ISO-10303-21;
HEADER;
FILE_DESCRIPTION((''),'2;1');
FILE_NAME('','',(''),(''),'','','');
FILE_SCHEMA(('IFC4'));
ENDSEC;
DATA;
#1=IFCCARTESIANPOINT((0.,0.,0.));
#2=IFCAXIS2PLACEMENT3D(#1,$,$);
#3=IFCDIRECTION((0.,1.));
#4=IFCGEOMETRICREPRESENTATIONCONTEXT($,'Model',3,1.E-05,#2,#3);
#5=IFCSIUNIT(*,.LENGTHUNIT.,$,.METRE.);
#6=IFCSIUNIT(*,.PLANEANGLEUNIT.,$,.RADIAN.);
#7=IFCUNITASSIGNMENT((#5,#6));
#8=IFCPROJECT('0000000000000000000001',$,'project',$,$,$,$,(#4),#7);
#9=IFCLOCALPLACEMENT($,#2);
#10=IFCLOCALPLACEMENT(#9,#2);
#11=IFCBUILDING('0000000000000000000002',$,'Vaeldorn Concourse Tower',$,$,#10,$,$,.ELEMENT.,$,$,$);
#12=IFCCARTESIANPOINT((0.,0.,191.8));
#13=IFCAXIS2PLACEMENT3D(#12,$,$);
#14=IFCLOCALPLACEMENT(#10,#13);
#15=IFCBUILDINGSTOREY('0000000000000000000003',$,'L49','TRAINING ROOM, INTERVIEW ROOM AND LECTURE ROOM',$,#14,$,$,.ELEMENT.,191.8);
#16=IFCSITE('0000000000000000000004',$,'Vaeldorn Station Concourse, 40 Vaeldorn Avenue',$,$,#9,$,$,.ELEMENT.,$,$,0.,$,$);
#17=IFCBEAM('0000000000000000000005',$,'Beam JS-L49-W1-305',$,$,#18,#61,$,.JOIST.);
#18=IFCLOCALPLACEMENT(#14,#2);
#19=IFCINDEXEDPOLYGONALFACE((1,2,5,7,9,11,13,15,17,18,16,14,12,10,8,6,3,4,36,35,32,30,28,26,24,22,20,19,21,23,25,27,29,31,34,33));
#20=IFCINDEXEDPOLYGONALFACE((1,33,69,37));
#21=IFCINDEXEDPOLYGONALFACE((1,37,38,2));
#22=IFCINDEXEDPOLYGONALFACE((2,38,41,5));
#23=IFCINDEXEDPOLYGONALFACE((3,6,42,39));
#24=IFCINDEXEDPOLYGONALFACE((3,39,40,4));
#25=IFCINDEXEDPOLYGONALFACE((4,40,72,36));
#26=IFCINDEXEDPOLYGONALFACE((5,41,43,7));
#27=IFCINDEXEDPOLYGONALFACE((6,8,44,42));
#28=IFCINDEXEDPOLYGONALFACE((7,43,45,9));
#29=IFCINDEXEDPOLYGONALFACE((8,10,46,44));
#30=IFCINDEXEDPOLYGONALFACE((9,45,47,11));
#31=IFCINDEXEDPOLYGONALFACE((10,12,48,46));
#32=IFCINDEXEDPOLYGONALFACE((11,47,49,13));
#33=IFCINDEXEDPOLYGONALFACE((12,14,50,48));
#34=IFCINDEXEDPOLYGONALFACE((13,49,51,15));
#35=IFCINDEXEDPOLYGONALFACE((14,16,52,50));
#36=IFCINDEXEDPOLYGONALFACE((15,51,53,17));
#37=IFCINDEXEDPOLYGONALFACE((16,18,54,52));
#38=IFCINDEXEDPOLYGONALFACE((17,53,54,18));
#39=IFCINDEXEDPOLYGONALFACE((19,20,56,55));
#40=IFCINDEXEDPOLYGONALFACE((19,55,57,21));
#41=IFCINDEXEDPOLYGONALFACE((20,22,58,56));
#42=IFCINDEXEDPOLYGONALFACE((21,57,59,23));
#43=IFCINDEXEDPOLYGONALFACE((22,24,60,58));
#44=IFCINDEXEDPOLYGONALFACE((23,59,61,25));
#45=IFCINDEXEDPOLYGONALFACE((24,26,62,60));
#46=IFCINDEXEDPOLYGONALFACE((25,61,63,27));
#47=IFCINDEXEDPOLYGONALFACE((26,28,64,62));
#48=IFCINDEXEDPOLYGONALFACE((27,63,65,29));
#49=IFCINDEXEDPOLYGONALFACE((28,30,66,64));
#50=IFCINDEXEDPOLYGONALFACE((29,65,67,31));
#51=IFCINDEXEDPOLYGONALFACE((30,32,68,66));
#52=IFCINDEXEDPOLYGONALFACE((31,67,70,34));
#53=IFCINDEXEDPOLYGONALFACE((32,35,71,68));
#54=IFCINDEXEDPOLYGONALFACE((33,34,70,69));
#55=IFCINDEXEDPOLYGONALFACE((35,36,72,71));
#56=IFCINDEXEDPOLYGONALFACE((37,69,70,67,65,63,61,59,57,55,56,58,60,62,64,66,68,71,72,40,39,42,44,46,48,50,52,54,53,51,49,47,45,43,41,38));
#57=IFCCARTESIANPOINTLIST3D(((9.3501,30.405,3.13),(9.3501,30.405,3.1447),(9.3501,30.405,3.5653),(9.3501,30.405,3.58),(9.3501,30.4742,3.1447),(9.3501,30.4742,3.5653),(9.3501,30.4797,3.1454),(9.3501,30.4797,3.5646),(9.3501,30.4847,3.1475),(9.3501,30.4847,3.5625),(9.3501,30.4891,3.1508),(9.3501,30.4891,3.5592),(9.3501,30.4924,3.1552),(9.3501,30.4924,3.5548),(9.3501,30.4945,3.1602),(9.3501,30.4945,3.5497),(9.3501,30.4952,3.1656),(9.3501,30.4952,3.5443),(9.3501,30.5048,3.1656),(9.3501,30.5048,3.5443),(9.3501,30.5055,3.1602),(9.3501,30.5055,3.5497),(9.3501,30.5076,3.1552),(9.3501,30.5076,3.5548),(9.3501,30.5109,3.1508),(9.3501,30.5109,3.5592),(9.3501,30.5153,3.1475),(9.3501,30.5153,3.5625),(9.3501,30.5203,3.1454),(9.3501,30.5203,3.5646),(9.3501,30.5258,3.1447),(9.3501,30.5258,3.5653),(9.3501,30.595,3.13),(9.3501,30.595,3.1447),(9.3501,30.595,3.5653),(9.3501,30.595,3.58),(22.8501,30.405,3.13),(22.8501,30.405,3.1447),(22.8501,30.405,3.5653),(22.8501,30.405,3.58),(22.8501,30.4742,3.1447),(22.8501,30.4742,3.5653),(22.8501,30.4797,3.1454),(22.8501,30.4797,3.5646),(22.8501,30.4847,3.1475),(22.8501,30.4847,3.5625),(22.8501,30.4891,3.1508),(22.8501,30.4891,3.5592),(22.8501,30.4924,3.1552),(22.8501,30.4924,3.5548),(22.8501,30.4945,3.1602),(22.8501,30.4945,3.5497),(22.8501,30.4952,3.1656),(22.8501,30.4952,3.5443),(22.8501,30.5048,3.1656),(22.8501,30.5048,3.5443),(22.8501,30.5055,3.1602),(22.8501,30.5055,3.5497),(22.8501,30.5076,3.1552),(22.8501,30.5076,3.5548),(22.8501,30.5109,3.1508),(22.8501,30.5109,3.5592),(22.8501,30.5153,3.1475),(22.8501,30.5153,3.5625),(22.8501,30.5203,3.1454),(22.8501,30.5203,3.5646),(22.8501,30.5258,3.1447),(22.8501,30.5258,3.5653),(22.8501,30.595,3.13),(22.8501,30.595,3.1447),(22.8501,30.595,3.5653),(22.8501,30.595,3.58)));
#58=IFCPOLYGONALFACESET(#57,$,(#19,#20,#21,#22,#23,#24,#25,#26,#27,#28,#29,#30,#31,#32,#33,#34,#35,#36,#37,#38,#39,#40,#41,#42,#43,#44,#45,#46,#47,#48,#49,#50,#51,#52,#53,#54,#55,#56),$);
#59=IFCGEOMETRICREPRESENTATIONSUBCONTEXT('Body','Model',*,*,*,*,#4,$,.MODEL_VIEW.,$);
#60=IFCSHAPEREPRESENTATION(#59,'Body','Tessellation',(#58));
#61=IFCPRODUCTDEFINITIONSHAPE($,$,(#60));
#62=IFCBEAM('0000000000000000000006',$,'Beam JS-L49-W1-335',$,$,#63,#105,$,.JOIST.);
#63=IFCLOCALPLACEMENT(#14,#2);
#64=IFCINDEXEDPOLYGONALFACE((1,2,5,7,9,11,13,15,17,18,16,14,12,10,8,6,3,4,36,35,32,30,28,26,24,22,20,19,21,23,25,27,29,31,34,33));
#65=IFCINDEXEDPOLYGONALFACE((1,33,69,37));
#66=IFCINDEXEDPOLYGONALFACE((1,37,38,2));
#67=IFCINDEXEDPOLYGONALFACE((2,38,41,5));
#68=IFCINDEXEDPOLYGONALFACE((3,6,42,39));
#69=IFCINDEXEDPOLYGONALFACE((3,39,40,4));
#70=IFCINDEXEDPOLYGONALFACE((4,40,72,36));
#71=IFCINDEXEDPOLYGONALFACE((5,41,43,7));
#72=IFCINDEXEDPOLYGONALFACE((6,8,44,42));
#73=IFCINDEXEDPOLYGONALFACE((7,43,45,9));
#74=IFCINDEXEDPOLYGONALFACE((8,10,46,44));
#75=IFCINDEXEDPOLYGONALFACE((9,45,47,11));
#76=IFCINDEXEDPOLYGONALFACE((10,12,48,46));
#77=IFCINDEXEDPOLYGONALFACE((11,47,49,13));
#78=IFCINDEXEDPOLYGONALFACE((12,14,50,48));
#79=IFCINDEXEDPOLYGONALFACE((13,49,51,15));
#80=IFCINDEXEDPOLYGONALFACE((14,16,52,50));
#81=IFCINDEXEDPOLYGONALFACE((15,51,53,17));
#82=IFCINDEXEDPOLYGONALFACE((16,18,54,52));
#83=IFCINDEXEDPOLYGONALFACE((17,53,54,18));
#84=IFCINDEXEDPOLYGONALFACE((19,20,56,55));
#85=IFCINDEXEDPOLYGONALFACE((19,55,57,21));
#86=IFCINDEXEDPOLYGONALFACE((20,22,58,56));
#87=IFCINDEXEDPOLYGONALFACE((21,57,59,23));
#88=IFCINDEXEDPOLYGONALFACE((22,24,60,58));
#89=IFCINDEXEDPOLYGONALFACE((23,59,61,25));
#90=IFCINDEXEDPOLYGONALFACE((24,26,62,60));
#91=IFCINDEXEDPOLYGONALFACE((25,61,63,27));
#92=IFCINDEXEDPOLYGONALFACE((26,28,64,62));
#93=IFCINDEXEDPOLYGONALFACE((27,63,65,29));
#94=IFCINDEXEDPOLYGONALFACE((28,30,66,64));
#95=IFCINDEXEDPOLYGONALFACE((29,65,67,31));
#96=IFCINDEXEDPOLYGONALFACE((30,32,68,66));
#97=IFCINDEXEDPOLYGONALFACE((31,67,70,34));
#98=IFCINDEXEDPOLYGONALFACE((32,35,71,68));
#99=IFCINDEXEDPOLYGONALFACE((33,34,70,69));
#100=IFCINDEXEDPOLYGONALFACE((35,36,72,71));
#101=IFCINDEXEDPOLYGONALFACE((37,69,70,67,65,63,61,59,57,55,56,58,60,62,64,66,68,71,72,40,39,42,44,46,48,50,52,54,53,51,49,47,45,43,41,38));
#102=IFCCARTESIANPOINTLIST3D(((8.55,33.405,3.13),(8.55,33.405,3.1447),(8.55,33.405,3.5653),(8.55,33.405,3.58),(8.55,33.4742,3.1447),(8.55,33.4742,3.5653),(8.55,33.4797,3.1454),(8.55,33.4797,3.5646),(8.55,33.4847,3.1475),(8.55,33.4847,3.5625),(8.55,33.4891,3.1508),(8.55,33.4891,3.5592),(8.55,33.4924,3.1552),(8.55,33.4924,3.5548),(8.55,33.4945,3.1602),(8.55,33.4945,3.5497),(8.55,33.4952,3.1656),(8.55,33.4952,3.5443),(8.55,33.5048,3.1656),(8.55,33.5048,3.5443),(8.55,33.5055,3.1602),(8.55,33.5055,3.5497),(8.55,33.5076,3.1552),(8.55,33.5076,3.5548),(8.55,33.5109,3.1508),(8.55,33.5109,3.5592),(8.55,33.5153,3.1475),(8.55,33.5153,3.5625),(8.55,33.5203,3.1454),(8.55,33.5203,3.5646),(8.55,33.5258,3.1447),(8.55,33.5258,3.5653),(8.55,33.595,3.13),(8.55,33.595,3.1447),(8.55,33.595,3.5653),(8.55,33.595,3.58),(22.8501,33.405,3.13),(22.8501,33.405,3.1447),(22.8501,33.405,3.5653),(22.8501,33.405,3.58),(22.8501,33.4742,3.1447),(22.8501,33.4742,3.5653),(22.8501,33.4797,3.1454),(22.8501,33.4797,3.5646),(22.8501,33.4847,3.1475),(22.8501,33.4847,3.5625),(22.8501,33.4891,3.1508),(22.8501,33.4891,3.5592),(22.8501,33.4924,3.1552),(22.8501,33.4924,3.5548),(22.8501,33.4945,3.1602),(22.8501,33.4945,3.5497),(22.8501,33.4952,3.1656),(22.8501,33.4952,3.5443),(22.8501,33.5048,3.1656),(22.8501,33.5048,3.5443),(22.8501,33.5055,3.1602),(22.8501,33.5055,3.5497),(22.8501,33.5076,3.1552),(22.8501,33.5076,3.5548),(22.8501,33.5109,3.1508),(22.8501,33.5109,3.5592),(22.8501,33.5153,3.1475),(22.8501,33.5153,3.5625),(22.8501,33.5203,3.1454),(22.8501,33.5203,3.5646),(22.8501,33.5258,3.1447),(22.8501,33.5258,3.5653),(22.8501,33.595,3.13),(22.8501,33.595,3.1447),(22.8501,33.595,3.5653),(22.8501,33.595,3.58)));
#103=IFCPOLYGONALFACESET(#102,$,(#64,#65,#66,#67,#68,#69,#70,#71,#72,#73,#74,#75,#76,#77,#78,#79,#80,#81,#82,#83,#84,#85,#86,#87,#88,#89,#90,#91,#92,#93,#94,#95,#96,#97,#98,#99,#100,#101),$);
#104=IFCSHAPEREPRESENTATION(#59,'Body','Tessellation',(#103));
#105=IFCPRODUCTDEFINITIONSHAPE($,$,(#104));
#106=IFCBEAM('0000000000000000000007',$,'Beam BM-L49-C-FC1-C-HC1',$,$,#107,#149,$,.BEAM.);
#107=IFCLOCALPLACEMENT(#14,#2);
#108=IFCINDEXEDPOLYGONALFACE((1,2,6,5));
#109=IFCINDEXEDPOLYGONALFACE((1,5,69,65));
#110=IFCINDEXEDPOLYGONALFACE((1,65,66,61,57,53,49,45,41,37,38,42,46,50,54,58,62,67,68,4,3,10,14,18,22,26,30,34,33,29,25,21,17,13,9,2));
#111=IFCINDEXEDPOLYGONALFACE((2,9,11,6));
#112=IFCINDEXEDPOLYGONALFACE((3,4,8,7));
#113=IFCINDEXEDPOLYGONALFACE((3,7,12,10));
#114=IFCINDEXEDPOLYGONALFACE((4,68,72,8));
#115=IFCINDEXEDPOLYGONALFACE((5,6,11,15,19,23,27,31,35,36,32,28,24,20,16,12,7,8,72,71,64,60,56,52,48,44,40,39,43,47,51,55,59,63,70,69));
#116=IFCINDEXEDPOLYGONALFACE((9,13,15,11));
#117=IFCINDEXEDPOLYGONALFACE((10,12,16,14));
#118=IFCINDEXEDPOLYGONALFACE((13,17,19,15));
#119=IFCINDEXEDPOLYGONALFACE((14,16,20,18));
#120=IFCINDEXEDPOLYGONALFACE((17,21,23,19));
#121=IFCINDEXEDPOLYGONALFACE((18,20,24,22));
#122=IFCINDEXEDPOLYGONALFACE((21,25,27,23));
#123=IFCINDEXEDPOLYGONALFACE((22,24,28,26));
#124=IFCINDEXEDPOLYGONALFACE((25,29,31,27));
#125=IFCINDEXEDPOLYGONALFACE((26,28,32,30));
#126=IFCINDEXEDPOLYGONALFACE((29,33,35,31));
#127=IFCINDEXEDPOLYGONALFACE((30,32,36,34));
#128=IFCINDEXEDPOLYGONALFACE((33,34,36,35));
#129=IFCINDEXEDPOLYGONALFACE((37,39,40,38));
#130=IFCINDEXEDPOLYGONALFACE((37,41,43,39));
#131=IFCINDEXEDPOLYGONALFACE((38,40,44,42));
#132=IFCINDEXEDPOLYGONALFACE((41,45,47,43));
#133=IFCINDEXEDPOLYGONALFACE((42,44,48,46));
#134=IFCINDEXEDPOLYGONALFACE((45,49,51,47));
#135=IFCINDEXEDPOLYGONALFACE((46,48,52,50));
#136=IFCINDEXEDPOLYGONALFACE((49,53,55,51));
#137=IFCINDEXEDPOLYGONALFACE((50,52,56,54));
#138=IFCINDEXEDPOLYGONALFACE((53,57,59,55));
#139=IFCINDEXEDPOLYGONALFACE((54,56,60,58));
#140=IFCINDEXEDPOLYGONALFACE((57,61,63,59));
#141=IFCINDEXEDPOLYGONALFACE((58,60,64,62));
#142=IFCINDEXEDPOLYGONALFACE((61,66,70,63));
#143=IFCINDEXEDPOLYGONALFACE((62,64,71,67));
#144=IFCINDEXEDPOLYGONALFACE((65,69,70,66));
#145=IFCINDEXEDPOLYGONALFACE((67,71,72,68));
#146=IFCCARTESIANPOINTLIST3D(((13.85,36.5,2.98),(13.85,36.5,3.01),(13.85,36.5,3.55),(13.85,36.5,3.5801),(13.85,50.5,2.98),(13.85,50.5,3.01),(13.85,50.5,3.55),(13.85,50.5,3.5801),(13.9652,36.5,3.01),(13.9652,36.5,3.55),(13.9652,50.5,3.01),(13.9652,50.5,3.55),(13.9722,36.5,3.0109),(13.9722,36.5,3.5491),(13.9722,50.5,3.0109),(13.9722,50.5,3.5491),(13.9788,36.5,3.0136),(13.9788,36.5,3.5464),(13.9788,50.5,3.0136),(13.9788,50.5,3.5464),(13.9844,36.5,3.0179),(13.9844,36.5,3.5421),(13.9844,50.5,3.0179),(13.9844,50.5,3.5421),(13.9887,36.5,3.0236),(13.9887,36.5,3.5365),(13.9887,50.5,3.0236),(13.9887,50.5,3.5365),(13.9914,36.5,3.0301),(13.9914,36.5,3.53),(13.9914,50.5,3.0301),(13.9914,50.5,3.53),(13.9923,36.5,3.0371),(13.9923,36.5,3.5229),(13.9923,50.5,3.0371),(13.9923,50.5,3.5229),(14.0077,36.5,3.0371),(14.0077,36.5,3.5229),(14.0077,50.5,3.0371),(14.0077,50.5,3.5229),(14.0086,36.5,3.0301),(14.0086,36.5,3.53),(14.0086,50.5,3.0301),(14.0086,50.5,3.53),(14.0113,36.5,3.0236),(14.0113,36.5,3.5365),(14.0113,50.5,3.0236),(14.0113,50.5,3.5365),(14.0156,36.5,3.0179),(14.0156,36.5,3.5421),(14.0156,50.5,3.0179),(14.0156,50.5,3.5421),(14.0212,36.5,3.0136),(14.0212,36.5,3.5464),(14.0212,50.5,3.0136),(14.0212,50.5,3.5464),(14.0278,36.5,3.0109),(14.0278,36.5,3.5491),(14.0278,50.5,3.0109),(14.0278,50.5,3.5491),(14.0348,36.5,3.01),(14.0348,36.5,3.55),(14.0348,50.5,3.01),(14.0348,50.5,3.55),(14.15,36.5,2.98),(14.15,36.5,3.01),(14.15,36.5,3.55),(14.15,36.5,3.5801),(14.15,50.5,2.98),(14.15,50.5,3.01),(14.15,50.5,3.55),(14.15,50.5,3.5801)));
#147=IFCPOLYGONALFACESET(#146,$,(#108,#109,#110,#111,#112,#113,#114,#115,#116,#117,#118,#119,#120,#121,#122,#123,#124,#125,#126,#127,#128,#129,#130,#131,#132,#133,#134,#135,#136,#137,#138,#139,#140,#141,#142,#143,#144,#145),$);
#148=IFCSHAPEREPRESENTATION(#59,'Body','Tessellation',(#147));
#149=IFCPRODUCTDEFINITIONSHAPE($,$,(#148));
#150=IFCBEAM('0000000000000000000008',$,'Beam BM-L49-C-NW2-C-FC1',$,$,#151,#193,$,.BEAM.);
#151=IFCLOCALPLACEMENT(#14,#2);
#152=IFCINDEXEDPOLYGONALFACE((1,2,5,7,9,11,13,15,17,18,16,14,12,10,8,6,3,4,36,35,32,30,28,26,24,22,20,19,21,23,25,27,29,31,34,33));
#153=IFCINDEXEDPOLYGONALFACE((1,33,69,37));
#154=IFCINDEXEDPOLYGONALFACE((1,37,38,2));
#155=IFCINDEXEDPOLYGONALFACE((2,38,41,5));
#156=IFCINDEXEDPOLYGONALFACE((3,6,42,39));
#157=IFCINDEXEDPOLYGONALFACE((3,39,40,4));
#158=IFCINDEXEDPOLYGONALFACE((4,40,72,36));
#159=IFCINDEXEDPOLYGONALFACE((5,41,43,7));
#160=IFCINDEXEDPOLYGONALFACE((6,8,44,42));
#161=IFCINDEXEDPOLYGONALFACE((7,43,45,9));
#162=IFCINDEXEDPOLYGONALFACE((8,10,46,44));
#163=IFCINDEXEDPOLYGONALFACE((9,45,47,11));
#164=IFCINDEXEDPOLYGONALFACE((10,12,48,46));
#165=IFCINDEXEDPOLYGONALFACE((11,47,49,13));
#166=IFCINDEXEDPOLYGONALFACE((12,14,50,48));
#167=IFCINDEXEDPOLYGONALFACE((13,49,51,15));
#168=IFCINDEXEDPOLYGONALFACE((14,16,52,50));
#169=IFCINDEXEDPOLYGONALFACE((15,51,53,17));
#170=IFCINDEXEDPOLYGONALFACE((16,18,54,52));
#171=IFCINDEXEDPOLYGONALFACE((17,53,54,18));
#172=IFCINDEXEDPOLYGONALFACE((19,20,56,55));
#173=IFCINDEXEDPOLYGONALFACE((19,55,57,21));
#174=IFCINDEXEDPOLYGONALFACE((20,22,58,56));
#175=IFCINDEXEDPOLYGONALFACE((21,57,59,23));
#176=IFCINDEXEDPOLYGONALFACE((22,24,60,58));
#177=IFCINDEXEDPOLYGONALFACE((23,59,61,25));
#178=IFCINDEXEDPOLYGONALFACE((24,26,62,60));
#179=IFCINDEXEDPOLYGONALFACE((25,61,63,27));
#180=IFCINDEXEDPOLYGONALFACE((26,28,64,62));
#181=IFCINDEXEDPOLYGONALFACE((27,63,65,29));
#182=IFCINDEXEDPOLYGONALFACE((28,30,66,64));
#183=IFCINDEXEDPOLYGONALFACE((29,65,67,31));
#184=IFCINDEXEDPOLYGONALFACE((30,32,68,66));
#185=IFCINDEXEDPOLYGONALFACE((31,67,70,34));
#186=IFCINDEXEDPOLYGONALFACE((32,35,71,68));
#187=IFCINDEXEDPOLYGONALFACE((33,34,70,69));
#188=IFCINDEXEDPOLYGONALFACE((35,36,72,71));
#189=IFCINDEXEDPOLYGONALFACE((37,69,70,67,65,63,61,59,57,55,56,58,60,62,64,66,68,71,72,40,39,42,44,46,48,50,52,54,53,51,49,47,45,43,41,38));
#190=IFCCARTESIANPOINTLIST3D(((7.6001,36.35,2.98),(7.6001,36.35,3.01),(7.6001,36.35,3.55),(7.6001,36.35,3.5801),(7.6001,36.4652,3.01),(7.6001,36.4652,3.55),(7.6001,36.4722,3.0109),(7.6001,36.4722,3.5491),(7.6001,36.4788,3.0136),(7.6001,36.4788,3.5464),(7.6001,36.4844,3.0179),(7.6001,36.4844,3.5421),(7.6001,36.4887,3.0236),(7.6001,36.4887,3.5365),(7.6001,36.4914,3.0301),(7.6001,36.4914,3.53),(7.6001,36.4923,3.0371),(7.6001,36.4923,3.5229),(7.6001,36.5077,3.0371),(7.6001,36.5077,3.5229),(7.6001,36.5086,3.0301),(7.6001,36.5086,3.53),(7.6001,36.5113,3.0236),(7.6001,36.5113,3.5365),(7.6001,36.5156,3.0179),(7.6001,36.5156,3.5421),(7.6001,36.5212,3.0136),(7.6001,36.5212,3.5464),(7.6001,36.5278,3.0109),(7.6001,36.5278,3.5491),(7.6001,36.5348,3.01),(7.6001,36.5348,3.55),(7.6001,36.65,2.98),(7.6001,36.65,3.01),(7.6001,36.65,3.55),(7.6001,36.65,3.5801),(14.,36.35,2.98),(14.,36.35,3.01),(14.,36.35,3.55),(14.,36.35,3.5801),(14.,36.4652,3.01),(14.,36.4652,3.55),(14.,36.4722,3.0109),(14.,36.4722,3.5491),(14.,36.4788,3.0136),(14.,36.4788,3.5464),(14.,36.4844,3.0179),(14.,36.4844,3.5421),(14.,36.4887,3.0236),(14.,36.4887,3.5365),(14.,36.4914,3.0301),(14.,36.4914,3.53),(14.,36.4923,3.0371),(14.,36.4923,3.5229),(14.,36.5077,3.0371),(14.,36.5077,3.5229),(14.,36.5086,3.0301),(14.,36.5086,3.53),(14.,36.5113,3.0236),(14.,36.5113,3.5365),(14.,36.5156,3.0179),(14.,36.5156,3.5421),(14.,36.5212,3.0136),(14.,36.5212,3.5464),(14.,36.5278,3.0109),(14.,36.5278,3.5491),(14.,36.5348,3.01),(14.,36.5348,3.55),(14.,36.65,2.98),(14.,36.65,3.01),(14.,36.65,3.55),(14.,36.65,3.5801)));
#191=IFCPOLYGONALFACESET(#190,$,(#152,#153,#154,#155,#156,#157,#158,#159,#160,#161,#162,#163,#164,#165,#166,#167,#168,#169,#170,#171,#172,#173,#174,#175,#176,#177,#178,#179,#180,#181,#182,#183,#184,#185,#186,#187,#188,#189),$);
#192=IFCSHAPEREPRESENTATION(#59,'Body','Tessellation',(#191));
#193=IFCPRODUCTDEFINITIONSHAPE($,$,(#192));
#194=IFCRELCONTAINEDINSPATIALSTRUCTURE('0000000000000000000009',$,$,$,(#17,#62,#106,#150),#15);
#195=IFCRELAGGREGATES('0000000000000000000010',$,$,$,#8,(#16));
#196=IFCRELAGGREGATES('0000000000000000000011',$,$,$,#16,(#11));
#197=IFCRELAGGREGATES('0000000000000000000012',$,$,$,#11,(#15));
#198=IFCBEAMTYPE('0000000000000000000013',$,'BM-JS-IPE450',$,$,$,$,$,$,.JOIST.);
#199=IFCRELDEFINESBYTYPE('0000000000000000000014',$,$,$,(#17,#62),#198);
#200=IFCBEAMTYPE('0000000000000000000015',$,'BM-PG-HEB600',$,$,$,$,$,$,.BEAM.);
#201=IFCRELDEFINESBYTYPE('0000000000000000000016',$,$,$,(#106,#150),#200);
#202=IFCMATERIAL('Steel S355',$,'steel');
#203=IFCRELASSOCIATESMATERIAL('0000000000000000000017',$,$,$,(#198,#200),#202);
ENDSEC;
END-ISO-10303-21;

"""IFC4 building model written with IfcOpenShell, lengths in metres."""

from ifc_helpers import new_model, si_unit, direction, frame, origin, origin_2d, place, context, subcontext, project, spatial, i_section, extrude, source, transform, mapped, material, material_profile, profile_set, type_object, element, save


model = new_model("IFC4")

# Units and contexts
model_context = context("Model", 3, precision=1e-05, world=origin(), true_north=direction((0.0, 1.0)))
body_context = subcontext(model_context, "Body", "Model", "MODEL_VIEW")
ifc_project = project(units=[si_unit("LENGTHUNIT", "METRE"), si_unit("PLANEANGLEUNIT", "RADIAN")], contexts=[model_context])

# Site, building, storey
site_placement = place(None, origin())
site = spatial("IfcSite", under=ifc_project, at=site_placement, Name="Vaeldorn Station Concourse, 40 Vaeldorn Avenue", CompositionType="ELEMENT", RefElevation=0.0)
building_placement = place(site_placement, origin())
building = spatial("IfcBuilding", under=site, at=building_placement, Name="Vaeldorn Concourse Tower", CompositionType="ELEMENT")
storey_placement = place(building_placement, frame((0.0, 0.0, 191.8)))
storey = spatial("IfcBuildingStorey", under=building, at=storey_placement, Name="L49", Description="TRAINING ROOM, INTERVIEW ROOM AND LECTURE ROOM", CompositionType="ELEMENT", Elevation=191.8)

# Beams
ifc_material_1 = material(Name="Steel S355", Category="steel")
ifc_material_profile_1 = material_profile(ifc_material_1, i_section(OverallWidth=0.1899, OverallDepth=0.45, WebThickness=0.0095, FlangeThickness=0.0146, FilletRadius=0.021, at=origin_2d()), Name="IPE 450")
ifc_profile_set_1 = profile_set([ifc_material_profile_1], Name="Steel S355")
beam_type_1 = type_object("IfcBeamType", Name="BM-JS-IPE450", PredefinedType="JOIST", material=ifc_profile_set_1)
shared_shape_1 = source(origin(), body_context, "Body", "SweptSolid", [
    extrude(i_section(OverallWidth=0.1899, OverallDepth=0.45, WebThickness=0.0095, FlangeThickness=0.0146, FilletRadius=0.021, at=origin_2d()), origin(), (0.0, 0.0, 1.0), 13.5),
])
beam_1_placement = place(storey_placement, frame((9.3501, 30.5, 3.355), z_axis=(1.0, 0.0, 0.0), x_axis=(0.0, 1.0, 0.0)))
element("IfcBeam", 1, at=beam_1_placement, inside=storey, type_object=beam_type_1, Name="Beam JS-L49-W1-305", PredefinedType="JOIST", context=body_context, shape_type="MappedRepresentation", body=[
    mapped(shared_shape_1, transform((0.0, 0.0, 0.0), scale=1.0)),
])
shared_shape_2 = source(origin(), body_context, "Body", "SweptSolid", [
    extrude(i_section(OverallWidth=0.1899, OverallDepth=0.45, WebThickness=0.0095, FlangeThickness=0.0146, FilletRadius=0.021, at=origin_2d()), origin(), (0.0, 0.0, 1.0), 14.3),
])
beam_2_placement = place(storey_placement, frame((8.55, 33.5, 3.355), z_axis=(1.0, 0.0, 0.0), x_axis=(0.0, 1.0, 0.0)))
element("IfcBeam", 2, at=beam_2_placement, inside=storey, type_object=beam_type_1, Name="Beam JS-L49-W1-335", PredefinedType="JOIST", context=body_context, shape_type="MappedRepresentation", body=[
    mapped(shared_shape_2, transform((0.0, 0.0, 0.0), scale=1.0)),
])
ifc_material_profile_2 = material_profile(ifc_material_1, i_section(OverallWidth=0.3, OverallDepth=0.6001, WebThickness=0.0154, FlangeThickness=0.03, FilletRadius=0.0271, at=origin_2d()), Name="HEB 600")
ifc_profile_set_2 = profile_set([ifc_material_profile_2], Name="Steel S355")
beam_type_2 = type_object("IfcBeamType", Name="BM-PG-HEB600", PredefinedType="BEAM", material=ifc_profile_set_2)
shared_shape_3 = source(origin(), body_context, "Body", "SweptSolid", [
    extrude(i_section(OverallWidth=0.3, OverallDepth=0.6001, WebThickness=0.0154, FlangeThickness=0.03, FilletRadius=0.0271, at=origin_2d()), origin(), (0.0, 0.0, 1.0), 14.0),
])
beam_3_placement = place(storey_placement, frame((14.0, 36.5, 3.28), z_axis=(0.0, 1.0, 0.0), x_axis=(-1.0, 0.0, 0.0)))
element("IfcBeam", 3, at=beam_3_placement, inside=storey, type_object=beam_type_2, Name="Beam BM-L49-C-FC1-C-HC1", PredefinedType="BEAM", context=body_context, shape_type="MappedRepresentation", body=[
    mapped(shared_shape_3, transform((0.0, 0.0, 0.0), scale=1.0)),
])
shared_shape_4 = source(origin(), body_context, "Body", "SweptSolid", [
    extrude(i_section(OverallWidth=0.3, OverallDepth=0.6001, WebThickness=0.0154, FlangeThickness=0.03, FilletRadius=0.0271, at=origin_2d()), origin(), (0.0, 0.0, 1.0), 6.3999),
])
beam_4_placement = place(storey_placement, frame((7.6001, 36.5, 3.28), z_axis=(1.0, 0.0, 0.0), x_axis=(0.0, 1.0, 0.0)))
element("IfcBeam", 4, at=beam_4_placement, inside=storey, type_object=beam_type_2, Name="Beam BM-L49-C-NW2-C-FC1", PredefinedType="BEAM", context=body_context, shape_type="MappedRepresentation", body=[
    mapped(shared_shape_4, transform((0.0, 0.0, 0.0), scale=1.0)),
])

save(model, "model.ifc")
